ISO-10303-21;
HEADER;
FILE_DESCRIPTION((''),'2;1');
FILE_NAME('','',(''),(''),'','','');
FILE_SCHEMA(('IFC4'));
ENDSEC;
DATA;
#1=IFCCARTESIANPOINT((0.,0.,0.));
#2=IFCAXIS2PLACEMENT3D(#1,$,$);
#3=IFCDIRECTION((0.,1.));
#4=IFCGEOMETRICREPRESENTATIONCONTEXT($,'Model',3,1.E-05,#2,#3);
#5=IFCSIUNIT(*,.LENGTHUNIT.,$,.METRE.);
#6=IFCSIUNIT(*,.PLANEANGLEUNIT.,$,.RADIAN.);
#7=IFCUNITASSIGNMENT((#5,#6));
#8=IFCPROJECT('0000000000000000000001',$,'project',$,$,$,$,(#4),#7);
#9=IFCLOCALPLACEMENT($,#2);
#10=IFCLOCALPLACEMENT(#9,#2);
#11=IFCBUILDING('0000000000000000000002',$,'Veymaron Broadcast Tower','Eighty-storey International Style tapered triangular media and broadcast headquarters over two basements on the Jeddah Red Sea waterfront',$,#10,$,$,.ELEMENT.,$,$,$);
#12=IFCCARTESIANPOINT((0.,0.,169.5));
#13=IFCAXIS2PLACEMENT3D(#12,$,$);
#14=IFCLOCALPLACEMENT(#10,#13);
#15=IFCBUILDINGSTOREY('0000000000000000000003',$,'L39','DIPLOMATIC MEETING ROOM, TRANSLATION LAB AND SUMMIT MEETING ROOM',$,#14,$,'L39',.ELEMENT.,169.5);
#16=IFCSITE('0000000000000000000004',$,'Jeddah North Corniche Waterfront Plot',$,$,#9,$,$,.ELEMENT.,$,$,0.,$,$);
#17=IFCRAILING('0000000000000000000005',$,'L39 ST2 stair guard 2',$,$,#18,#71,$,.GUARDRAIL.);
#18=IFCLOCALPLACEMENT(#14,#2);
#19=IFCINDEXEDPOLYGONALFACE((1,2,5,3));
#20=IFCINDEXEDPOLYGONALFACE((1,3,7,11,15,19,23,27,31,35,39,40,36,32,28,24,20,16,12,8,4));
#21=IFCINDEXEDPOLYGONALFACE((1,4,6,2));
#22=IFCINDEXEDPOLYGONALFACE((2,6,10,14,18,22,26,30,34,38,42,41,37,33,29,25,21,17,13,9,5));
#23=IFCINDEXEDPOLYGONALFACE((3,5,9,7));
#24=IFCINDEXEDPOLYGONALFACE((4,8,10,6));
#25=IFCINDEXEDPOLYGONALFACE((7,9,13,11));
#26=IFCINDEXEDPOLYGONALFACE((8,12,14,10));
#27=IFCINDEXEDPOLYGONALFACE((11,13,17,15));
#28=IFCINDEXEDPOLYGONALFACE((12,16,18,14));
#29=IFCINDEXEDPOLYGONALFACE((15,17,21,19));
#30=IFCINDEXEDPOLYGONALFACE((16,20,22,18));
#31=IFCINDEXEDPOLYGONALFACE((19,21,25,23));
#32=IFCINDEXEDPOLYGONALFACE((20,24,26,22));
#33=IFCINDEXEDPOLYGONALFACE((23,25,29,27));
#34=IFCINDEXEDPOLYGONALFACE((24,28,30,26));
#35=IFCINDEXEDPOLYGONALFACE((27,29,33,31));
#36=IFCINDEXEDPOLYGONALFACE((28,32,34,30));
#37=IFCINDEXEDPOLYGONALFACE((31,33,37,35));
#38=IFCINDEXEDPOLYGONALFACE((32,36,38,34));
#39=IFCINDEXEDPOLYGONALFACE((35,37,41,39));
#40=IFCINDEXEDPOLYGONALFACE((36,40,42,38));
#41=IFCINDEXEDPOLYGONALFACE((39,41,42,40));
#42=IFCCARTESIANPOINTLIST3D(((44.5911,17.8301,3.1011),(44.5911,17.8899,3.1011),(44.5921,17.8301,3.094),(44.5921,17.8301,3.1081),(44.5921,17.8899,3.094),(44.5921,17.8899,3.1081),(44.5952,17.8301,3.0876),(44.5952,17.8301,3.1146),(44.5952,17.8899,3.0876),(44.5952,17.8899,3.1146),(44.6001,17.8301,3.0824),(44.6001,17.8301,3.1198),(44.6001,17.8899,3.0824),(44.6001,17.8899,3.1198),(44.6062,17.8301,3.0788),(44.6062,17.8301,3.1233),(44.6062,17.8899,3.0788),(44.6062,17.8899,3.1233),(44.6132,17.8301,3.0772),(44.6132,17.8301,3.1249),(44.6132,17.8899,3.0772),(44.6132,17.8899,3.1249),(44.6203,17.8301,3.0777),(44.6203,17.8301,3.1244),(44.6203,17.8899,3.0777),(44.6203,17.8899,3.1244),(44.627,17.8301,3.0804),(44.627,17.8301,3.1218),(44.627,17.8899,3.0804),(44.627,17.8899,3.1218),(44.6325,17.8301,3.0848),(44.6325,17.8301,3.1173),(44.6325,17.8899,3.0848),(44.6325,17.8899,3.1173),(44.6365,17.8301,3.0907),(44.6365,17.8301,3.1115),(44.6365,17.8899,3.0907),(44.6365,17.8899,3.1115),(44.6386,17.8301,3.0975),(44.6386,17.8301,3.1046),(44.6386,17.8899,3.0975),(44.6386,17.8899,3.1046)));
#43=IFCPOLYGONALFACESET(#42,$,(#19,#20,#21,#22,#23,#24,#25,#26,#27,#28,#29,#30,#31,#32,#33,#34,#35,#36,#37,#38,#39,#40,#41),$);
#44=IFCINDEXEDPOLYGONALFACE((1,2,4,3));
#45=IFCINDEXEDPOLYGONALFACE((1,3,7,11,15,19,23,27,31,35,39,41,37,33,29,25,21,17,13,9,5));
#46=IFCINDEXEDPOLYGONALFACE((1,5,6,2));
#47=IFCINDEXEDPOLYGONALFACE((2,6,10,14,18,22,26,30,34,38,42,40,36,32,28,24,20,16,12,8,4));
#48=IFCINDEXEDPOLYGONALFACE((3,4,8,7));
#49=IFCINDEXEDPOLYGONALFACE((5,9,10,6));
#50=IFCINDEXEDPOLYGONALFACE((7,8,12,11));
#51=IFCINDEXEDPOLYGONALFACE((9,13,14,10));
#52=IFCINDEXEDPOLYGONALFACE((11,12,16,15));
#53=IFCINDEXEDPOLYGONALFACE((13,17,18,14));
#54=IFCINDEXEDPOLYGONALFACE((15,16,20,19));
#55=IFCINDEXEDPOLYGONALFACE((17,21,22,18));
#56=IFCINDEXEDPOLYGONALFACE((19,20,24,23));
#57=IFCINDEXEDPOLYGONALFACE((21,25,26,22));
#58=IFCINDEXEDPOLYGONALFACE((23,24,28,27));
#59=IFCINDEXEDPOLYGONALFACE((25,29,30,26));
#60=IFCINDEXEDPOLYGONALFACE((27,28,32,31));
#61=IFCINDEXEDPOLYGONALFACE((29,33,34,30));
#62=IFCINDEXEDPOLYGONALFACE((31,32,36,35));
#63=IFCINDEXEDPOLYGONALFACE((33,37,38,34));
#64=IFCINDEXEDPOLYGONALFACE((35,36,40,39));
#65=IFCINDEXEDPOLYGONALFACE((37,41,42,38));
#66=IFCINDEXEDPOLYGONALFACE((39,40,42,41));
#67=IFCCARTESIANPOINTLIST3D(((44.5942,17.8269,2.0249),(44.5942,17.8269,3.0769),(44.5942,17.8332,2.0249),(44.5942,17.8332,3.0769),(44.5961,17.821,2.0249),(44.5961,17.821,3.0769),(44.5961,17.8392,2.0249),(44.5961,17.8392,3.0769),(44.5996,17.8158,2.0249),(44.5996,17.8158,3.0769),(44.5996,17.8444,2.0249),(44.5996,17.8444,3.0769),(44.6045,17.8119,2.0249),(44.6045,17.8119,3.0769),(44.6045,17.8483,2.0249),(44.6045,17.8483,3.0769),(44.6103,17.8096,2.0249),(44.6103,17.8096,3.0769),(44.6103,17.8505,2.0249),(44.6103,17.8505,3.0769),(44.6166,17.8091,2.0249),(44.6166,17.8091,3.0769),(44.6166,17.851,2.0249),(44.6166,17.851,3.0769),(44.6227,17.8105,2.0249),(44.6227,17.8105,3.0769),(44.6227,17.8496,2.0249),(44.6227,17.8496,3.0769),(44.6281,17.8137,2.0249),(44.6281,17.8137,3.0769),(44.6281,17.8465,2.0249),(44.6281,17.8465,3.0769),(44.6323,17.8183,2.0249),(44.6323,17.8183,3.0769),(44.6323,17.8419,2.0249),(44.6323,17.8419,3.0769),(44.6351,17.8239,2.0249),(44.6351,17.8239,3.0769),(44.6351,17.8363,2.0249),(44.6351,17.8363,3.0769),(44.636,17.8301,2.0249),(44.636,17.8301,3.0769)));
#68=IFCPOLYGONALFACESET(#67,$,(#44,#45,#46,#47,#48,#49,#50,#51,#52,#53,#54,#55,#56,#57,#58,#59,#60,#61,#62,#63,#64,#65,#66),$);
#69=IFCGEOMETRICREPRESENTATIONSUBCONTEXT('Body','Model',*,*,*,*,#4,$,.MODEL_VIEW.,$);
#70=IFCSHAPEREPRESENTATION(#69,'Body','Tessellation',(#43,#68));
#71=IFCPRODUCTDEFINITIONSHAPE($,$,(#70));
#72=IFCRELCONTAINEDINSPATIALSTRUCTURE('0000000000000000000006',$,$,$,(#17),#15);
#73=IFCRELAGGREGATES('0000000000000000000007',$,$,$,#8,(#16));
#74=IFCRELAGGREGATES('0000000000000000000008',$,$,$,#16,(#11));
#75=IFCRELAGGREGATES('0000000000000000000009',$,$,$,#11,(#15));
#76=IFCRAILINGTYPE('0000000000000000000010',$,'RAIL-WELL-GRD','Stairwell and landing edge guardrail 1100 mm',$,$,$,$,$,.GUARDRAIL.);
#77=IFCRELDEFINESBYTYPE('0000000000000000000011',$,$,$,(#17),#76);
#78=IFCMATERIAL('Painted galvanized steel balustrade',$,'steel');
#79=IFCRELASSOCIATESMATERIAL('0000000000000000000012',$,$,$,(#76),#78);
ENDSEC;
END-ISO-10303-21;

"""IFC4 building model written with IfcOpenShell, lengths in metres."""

from ifc_helpers import new_model, si_unit, direction, frame, origin, origin_2d, place, context, subcontext, project, spatial, circle, extrude, material, type_object, element, save


model = new_model("IFC4")

# Units and contexts
model_context = context("Model", 3, precision=1e-05, world=origin(), true_north=direction((0.0, 1.0)))
body_context = subcontext(model_context, "Body", "Model", "MODEL_VIEW")
ifc_project = project(units=[si_unit("LENGTHUNIT", "METRE"), si_unit("PLANEANGLEUNIT", "RADIAN")], contexts=[model_context])

# Site, building, storey
site_placement = place(None, origin())
site = spatial("IfcSite", under=ifc_project, at=site_placement, Name="Jeddah North Corniche Waterfront Plot", CompositionType="ELEMENT", RefElevation=0.0)
building_placement = place(site_placement, origin())
building = spatial("IfcBuilding", under=site, at=building_placement, Name="Veymaron Broadcast Tower", Description="Eighty-storey International Style tapered triangular media and broadcast headquarters over two basements on the Jeddah Red Sea waterfront", CompositionType="ELEMENT")
storey_placement = place(building_placement, frame((0.0, 0.0, 169.5)))
storey = spatial("IfcBuildingStorey", under=building, at=storey_placement, Name="L39", Description="DIPLOMATIC MEETING ROOM, TRANSLATION LAB AND SUMMIT MEETING ROOM", LongName="L39", CompositionType="ELEMENT", Elevation=169.5)

# Railing
ifc_material_1 = material(Name="Painted galvanized steel balustrade", Category="steel")
railing_type_1 = type_object("IfcRailingType", Name="RAIL-WELL-GRD", Description="Stairwell and landing edge guardrail 1100 mm", PredefinedType="GUARDRAIL", material=ifc_material_1)
railing_1_placement = place(storey_placement, frame((44.615, 17.8301, 2.0249)))
element("IfcRailing", 1, at=railing_1_placement, inside=storey, type_object=railing_type_1, Name="L39 ST2 stair guard 2", PredefinedType="GUARDRAIL", context=body_context, shape_type="SweptSolid", body=[
    extrude(circle(Radius=0.0239, at=origin_2d()), frame((0.0, 0.0, 1.0762), z_axis=(0.0, 1.0, 0.0), x_axis=(-1.0, 0.0, 0.0)), (0.0, 0.0, 1.0), 0.0598),
    extrude(circle(Radius=0.021, at=origin_2d()), origin(), (0.0, 0.0, 1.0), 1.052),
])

save(model, "model.ifc")
